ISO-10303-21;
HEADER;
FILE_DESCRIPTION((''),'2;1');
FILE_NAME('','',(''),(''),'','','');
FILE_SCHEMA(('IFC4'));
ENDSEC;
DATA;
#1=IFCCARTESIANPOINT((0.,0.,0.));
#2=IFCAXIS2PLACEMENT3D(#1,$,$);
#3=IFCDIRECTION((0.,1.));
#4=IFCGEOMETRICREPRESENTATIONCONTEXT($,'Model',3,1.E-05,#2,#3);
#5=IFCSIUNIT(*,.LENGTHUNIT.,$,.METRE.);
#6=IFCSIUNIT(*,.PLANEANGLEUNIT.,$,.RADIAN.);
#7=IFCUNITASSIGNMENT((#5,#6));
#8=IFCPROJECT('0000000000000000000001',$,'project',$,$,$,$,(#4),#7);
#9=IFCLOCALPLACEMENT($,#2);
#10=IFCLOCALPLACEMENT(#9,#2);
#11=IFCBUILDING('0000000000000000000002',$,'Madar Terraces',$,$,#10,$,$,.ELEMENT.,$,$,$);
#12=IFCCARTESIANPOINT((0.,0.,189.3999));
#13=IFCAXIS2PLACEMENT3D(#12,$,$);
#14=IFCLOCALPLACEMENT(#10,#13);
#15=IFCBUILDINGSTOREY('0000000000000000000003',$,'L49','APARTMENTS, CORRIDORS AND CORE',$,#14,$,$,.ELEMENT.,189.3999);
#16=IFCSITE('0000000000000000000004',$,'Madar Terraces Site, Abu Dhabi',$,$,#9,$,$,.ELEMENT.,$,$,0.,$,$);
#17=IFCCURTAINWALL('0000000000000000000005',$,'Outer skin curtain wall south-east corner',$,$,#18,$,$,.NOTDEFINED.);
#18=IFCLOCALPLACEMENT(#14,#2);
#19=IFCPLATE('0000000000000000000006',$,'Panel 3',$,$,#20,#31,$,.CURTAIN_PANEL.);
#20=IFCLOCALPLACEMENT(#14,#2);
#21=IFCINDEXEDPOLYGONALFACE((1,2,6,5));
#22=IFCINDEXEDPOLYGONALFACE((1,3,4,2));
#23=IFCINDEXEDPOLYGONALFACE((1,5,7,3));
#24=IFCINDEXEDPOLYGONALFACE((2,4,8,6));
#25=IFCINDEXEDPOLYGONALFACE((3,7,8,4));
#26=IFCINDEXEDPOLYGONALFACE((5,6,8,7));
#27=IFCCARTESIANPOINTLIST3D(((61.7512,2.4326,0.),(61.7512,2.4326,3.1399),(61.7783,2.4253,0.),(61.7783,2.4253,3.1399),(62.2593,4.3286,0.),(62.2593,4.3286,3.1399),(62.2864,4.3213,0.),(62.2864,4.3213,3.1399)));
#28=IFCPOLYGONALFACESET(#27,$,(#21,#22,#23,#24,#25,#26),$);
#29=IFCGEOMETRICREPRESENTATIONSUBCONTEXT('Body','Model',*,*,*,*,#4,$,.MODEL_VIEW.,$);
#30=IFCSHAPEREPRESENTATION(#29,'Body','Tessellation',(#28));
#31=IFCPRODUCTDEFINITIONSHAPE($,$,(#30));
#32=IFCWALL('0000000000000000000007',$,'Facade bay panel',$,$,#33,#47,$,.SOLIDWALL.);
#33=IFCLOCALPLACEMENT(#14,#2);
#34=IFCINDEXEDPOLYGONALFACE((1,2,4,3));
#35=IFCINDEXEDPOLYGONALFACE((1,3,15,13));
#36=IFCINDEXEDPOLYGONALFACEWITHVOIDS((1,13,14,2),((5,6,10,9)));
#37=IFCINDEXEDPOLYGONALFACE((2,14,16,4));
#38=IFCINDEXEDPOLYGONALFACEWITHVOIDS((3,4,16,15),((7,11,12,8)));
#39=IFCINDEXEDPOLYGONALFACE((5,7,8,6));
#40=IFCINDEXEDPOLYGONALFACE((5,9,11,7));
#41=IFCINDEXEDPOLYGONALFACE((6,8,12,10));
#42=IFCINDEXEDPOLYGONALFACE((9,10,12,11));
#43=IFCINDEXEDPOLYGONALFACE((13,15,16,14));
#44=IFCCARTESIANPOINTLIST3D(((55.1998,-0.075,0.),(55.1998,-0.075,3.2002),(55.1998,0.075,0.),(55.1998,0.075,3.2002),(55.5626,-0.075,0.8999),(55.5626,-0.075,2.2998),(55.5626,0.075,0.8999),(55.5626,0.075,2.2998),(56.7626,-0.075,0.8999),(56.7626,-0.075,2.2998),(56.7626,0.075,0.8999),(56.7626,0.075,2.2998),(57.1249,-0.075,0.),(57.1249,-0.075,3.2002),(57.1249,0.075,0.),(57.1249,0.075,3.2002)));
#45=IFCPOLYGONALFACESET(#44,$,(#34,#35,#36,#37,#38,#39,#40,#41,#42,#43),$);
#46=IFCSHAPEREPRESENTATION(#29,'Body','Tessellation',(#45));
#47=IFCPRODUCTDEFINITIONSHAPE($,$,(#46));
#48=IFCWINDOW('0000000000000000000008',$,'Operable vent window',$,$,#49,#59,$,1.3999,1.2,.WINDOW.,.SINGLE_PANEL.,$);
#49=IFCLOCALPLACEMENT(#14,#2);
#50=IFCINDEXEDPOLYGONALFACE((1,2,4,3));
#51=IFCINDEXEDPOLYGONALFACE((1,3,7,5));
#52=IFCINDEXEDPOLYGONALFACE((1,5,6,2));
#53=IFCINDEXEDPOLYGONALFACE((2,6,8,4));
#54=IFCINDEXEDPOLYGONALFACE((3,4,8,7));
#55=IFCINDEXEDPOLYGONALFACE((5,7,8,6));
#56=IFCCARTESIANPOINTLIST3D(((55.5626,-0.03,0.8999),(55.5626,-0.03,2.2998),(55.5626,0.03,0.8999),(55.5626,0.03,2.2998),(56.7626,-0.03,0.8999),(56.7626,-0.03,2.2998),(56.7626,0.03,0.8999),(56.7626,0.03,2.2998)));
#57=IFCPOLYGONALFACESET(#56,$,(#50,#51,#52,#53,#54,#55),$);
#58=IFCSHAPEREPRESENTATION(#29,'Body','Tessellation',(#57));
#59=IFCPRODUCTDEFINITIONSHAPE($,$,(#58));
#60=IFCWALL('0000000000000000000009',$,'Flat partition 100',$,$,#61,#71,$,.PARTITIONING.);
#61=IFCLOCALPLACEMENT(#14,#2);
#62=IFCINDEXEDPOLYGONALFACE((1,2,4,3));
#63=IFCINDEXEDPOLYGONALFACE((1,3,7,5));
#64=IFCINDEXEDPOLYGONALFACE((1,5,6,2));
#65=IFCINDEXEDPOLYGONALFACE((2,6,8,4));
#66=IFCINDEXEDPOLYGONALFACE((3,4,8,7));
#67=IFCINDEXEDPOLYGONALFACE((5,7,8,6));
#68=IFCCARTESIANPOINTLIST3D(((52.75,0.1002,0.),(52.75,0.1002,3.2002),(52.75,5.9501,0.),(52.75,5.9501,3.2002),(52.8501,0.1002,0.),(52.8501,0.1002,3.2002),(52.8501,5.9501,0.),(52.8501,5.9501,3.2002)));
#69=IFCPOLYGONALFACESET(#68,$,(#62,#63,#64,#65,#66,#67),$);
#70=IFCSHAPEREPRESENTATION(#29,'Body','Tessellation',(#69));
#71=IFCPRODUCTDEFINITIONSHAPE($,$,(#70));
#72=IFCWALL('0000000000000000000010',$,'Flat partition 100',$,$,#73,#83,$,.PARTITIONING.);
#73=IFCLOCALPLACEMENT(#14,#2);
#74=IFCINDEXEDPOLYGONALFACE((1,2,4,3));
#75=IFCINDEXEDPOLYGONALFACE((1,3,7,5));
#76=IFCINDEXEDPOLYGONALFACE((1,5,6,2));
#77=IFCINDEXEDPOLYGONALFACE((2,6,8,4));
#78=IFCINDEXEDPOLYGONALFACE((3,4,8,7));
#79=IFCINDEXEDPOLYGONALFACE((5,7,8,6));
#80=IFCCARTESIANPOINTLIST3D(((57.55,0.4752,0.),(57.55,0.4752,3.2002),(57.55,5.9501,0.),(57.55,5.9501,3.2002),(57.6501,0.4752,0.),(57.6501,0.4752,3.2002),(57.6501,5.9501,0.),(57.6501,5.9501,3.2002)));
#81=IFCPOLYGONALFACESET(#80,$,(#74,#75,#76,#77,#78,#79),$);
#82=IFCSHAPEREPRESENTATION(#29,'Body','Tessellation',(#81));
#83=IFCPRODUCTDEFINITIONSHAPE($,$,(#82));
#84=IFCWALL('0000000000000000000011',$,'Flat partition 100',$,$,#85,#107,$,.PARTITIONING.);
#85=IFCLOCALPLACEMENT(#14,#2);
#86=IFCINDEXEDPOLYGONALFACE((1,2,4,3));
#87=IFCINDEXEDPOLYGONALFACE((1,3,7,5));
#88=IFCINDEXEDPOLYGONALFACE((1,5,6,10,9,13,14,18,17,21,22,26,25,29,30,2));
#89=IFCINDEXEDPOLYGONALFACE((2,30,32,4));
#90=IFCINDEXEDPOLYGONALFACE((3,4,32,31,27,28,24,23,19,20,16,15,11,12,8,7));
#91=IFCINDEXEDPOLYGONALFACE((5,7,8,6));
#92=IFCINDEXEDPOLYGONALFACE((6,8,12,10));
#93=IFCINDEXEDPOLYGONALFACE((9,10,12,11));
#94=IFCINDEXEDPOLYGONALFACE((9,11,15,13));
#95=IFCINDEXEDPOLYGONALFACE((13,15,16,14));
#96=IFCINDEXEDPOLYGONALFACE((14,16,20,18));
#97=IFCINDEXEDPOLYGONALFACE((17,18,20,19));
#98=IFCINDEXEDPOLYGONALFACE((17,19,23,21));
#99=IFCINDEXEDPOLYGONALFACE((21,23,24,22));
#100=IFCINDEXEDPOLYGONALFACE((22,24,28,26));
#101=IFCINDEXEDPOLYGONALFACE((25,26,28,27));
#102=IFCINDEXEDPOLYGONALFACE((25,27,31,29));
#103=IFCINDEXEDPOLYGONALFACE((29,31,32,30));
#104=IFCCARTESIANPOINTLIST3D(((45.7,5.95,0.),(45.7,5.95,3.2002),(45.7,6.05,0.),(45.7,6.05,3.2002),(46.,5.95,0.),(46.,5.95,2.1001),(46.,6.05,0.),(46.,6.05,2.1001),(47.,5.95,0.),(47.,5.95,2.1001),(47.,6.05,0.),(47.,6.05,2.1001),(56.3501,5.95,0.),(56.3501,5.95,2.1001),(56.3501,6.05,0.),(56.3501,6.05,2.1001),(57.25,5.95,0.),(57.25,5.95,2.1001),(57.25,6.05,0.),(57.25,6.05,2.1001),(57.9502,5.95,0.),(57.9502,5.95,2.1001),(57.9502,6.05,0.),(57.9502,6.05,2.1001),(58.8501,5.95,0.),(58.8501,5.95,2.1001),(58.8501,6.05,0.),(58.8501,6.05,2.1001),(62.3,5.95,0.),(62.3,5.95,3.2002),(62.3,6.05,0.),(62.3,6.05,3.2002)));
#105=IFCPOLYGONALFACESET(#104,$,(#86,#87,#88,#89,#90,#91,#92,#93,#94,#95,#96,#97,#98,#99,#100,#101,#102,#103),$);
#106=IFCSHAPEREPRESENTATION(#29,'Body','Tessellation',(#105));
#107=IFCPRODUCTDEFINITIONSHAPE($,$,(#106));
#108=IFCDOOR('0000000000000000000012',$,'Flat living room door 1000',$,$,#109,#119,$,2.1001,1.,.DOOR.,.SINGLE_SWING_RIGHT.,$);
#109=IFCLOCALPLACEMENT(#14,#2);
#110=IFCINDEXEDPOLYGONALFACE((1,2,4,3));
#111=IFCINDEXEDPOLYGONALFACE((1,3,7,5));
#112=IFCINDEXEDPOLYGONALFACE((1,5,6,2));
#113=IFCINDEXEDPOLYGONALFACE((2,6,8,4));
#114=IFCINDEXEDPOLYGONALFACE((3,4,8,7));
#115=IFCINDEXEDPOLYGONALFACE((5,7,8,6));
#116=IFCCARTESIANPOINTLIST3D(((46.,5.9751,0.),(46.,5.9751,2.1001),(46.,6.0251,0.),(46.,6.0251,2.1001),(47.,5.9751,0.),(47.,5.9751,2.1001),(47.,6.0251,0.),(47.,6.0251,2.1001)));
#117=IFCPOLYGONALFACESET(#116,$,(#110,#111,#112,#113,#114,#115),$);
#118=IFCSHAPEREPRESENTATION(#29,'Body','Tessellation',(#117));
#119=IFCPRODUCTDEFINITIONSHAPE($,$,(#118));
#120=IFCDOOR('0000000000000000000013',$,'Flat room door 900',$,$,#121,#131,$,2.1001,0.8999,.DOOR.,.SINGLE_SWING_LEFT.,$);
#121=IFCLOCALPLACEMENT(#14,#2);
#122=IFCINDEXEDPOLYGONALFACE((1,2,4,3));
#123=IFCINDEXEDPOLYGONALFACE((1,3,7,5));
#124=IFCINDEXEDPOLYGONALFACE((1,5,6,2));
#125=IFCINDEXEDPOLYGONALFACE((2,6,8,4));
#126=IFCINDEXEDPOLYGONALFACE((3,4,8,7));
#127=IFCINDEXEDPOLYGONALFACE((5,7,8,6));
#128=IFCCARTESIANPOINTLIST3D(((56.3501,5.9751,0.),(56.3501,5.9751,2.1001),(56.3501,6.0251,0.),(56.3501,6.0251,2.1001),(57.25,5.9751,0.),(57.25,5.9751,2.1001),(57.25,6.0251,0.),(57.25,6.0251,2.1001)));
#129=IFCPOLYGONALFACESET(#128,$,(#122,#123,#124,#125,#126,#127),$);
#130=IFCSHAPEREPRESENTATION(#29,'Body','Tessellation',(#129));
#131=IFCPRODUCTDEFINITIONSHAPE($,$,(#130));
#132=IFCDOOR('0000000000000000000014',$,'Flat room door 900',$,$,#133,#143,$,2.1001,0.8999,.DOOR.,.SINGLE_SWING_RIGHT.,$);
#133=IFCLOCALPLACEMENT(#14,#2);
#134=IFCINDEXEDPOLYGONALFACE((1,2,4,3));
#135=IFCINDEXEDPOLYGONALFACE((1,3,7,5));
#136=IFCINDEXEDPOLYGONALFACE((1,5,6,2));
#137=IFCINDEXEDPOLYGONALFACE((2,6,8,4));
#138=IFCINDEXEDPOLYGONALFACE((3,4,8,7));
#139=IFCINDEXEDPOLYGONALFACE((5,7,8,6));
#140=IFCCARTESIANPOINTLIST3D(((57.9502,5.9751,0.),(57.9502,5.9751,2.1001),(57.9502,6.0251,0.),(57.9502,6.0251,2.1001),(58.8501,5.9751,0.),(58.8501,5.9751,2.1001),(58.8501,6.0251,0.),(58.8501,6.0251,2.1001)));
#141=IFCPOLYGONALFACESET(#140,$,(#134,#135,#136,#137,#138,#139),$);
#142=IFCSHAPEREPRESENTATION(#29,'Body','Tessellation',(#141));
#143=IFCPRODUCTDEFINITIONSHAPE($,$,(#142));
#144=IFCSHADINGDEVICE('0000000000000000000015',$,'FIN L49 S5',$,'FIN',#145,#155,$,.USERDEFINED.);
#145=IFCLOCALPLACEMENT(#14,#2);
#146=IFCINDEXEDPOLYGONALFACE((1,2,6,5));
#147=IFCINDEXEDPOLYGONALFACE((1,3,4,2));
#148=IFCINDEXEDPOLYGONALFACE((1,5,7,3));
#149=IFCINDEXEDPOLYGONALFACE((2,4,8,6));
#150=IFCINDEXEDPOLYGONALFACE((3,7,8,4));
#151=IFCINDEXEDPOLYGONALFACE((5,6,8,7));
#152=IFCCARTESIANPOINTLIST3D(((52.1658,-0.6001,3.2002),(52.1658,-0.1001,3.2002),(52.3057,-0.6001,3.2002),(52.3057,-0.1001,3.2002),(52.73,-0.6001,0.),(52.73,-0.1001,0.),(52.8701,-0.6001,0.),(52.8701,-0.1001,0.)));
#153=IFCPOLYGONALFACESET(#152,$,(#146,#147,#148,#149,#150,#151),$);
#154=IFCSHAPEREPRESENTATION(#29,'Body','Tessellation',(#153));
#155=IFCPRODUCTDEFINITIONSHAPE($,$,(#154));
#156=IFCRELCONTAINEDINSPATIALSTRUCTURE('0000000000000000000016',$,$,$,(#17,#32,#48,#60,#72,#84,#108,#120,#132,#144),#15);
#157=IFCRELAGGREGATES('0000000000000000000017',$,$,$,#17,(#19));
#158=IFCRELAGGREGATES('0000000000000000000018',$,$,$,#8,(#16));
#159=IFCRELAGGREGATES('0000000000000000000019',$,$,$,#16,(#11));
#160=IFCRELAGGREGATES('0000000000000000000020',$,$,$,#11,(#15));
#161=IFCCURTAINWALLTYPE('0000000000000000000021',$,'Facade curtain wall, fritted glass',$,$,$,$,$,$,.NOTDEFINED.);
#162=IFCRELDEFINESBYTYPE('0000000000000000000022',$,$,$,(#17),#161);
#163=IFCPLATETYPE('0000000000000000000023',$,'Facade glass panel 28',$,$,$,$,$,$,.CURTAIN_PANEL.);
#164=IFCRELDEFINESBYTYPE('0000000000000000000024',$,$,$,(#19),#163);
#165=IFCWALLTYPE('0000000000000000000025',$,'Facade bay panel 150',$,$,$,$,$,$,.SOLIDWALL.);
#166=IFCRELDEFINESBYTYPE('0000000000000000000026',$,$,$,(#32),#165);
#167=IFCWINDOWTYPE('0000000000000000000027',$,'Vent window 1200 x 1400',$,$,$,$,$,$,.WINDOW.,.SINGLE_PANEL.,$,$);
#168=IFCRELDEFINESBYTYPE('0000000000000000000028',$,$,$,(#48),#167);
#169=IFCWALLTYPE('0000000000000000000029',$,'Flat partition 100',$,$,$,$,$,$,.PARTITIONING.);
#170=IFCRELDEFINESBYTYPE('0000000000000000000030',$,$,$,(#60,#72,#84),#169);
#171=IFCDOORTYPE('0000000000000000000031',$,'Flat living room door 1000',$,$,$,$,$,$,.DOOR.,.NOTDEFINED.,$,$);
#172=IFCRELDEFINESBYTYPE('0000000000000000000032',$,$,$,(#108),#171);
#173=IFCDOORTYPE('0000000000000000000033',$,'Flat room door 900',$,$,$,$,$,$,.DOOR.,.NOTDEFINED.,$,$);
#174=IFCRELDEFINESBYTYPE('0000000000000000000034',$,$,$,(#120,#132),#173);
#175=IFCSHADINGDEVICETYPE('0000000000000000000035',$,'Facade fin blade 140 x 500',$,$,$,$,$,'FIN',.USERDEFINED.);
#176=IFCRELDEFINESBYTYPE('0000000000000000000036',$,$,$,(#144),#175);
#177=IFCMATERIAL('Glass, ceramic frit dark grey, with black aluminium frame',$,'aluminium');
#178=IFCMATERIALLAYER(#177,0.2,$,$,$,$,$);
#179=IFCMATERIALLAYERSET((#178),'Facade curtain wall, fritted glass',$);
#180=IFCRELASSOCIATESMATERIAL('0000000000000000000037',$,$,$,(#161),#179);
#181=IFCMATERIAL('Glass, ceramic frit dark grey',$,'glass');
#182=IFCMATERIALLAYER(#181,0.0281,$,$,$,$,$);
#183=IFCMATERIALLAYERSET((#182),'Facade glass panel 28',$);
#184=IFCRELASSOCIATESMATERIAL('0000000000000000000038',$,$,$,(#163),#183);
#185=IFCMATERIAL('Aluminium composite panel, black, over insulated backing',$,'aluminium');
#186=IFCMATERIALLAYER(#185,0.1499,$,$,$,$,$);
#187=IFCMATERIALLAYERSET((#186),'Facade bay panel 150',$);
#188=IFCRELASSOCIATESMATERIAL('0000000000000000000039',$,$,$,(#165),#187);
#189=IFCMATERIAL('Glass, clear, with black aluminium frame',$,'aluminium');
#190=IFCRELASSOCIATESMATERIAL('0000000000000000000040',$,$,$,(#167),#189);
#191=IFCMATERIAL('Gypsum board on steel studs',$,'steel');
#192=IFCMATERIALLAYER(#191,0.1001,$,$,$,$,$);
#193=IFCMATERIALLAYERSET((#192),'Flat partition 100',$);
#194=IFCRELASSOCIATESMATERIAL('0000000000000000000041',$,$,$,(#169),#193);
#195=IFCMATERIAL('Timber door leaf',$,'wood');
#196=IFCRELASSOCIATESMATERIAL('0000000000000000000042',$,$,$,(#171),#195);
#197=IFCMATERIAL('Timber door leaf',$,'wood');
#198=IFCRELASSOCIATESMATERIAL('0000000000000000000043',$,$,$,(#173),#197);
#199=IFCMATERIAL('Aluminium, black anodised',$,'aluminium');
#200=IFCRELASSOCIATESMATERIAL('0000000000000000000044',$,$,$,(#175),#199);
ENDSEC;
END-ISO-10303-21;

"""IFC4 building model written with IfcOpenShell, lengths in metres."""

from ifc_helpers import new_model, si_unit, direction, frame, frame_2d, origin, origin_2d, place, context, subcontext, project, spatial, polyline, rectangle, outline, extrude, material, layer, layer_set, type_object, element, fill, aggregate, save


model = new_model("IFC4")

# Units and contexts
model_context = context("Model", 3, precision=1e-05, world=origin(), true_north=direction((0.0, 1.0)))
body_context = subcontext(model_context, "Body", "Model", "MODEL_VIEW")
ifc_project = project(units=[si_unit("LENGTHUNIT", "METRE"), si_unit("PLANEANGLEUNIT", "RADIAN")], contexts=[model_context])

# Site, building, storey
site_placement = place(None, origin())
site = spatial("IfcSite", under=ifc_project, at=site_placement, Name="Madar Terraces Site, Abu Dhabi", CompositionType="ELEMENT", RefElevation=0.0)
building_placement = place(site_placement, origin())
building = spatial("IfcBuilding", under=site, at=building_placement, Name="Madar Terraces", CompositionType="ELEMENT")
storey_placement = place(building_placement, frame((0.0, 0.0, 189.3999)))
storey = spatial("IfcBuildingStorey", under=building, at=storey_placement, Name="L49", Description="APARTMENTS, CORRIDORS AND CORE", CompositionType="ELEMENT", Elevation=189.3999)

# Shared definitions
ifc_material_1 = material(Name="Glass, ceramic frit dark grey, with black aluminium frame", Category="aluminium")
ifc_layer_1 = layer(ifc_material_1, 0.2)
ifc_layer_set_1 = layer_set([ifc_layer_1], Name="Facade curtain wall, fritted glass")
curtain_wall_type = type_object("IfcCurtainWallType", Name="Facade curtain wall, fritted glass", PredefinedType="NOTDEFINED", material=ifc_layer_set_1)

# Curtain wall
curtain_wall_1_placement = place(storey_placement, origin())
curtain_wall_1 = element("IfcCurtainWall", 1, at=curtain_wall_1_placement, inside=storey, type_object=curtain_wall_type, Name="Outer skin curtain wall south-east corner", PredefinedType="NOTDEFINED")

# Plate
ifc_material_2 = material(Name="Glass, ceramic frit dark grey", Category="glass")
ifc_layer_2 = layer(ifc_material_2, 0.0281)
ifc_layer_set_2 = layer_set([ifc_layer_2], Name="Facade glass panel 28")
plate_type = type_object("IfcPlateType", Name="Facade glass panel 28", PredefinedType="CURTAIN_PANEL", material=ifc_layer_set_2)
plate_1_placement = place(storey_placement, frame((62.0188, 3.377, 0.0), z_axis=(0.0, 0.0, 1.0), x_axis=(0.258819, 0.965926, 0.0)))
plate_1 = element("IfcPlate", 2, at=plate_1_placement, type_object=plate_type, Name="Panel 3", PredefinedType="CURTAIN_PANEL", context=body_context, shape_type="SweptSolid", body=[
    extrude(rectangle(XDim=1.9629, YDim=0.0281, at=origin_2d()), origin(), (0.0, 0.0, 1.0), 3.1399),
])
aggregate(curtain_wall_1, [plate_1])

# Wall, opening, window
ifc_material_3 = material(Name="Aluminium composite panel, black, over insulated backing", Category="aluminium")
ifc_layer_3 = layer(ifc_material_3, 0.1499)
ifc_layer_set_3 = layer_set([ifc_layer_3], Name="Facade bay panel 150")
wall_type_1 = type_object("IfcWallType", Name="Facade bay panel 150", PredefinedType="SOLIDWALL", material=ifc_layer_set_3)
wall_1_placement = place(storey_placement, frame((55.2, 0.0, 0.0), z_axis=(0.0, 0.0, 1.0), x_axis=(1.0, 0.0, 0.0)))
wall_1 = element("IfcWall", 3, at=wall_1_placement, inside=storey, type_object=wall_type_1, Name="Facade bay panel", PredefinedType="SOLIDWALL", context=body_context, shape_type="SweptSolid", body=[
    extrude(rectangle(XDim=1.925, YDim=0.1499, at=frame_2d((0.9624, 0.0))), origin(), (0.0, 0.0, 1.0), 3.2002),
])
opening_1_placement = place(wall_1_placement, frame((0.3625, 0.0, 0.8999)))
opening_1 = element("IfcOpeningElement", 4, at=opening_1_placement, cuts=wall_1, PredefinedType="OPENING", context=body_context, shape_type="SweptSolid", body=[
    extrude(rectangle(XDim=1.2, YDim=1.3999, at=frame_2d((0.6001, 0.7))), frame((0.0, 0.085, 0.0), z_axis=(0.0, -1.0, 0.0), x_axis=(1.0, 0.0, 0.0)), (0.0, 0.0, 1.0), 0.1699),
])
ifc_material_4 = material(Name="Glass, clear, with black aluminium frame", Category="aluminium")
window_type = type_object("IfcWindowType", Name="Vent window 1200 x 1400", PartitioningType="SINGLE_PANEL", PredefinedType="WINDOW", material=ifc_material_4)
window_placement = place(opening_1_placement, origin())
window = element("IfcWindow", 5, at=window_placement, inside=storey, type_object=window_type, Name="Operable vent window", OverallHeight=1.3999, OverallWidth=1.2, PartitioningType="SINGLE_PANEL", PredefinedType="WINDOW", context=body_context, shape_type="SweptSolid", body=[
    extrude(rectangle(XDim=1.2, YDim=1.3999, at=frame_2d((0.6001, 0.7))), frame((0.0, 0.03, 0.0), z_axis=(0.0, -1.0, 0.0), x_axis=(1.0, 0.0, 0.0)), (0.0, 0.0, 1.0), 0.0601),
])
fill(opening_1, window)

# Walls
ifc_material_5 = material(Name="Gypsum board on steel studs", Category="steel")
ifc_layer_4 = layer(ifc_material_5, 0.1001)
ifc_layer_set_4 = layer_set([ifc_layer_4], Name="Flat partition 100")
wall_type_2 = type_object("IfcWallType", Name="Flat partition 100", PredefinedType="PARTITIONING", material=ifc_layer_set_4)
wall_2_placement = place(storey_placement, frame((52.8, 5.95, 0.0), z_axis=(0.0, 0.0, 1.0), x_axis=(0.0, -1.0, 0.0)))
element("IfcWall", 6, at=wall_2_placement, inside=storey, type_object=wall_type_2, Name="Flat partition 100", PredefinedType="PARTITIONING", context=body_context, shape_type="SweptSolid", body=[
    extrude(rectangle(XDim=5.8499, YDim=0.1001, at=frame_2d((2.9248, 0.0))), origin(), (0.0, 0.0, 1.0), 3.2002),
])
wall_3_placement = place(storey_placement, frame((57.6001, 5.95, 0.0), z_axis=(0.0, 0.0, 1.0), x_axis=(0.0, -1.0, 0.0)))
element("IfcWall", 7, at=wall_3_placement, inside=storey, type_object=wall_type_2, Name="Flat partition 100", PredefinedType="PARTITIONING", context=body_context, shape_type="SweptSolid", body=[
    extrude(rectangle(XDim=5.4749, YDim=0.1001, at=frame_2d((2.7373, 0.0))), origin(), (0.0, 0.0, 1.0), 3.2002),
])

# Wall, openings, doors
wall_4_placement = place(storey_placement, frame((62.3, 6.0, 0.0), z_axis=(0.0, 0.0, 1.0), x_axis=(-1.0, 0.0, 0.0)))
wall_4 = element("IfcWall", 8, at=wall_4_placement, inside=storey, type_object=wall_type_2, Name="Flat partition 100", PredefinedType="PARTITIONING", context=body_context, shape_type="SweptSolid", body=[
    extrude(rectangle(XDim=16.6001, YDim=0.1001, at=frame_2d((8.3, 0.0))), origin(), (0.0, 0.0, 1.0), 3.2002),
])
opening_2_placement = place(wall_4_placement, frame((15.3, 0.0, 0.0)))
opening_2 = element("IfcOpeningElement", 9, at=opening_2_placement, cuts=wall_4, PredefinedType="OPENING", context=body_context, shape_type="SweptSolid", body=[
    extrude(rectangle(XDim=1.0, YDim=2.1001, at=frame_2d((0.5, 1.05))), frame((0.0, 0.0601, 0.0), z_axis=(0.0, -1.0, 0.0), x_axis=(1.0, 0.0, 0.0)), (0.0, 0.0, 1.0), 0.1201),
])
opening_3_placement = place(wall_4_placement, frame((5.05, 0.0, 0.0)))
opening_3 = element("IfcOpeningElement", 10, at=opening_3_placement, cuts=wall_4, PredefinedType="OPENING", context=body_context, shape_type="SweptSolid", body=[
    extrude(rectangle(XDim=0.8999, YDim=2.1001, at=frame_2d((0.45, 1.05))), frame((0.0, 0.0601, 0.0), z_axis=(0.0, -1.0, 0.0), x_axis=(1.0, 0.0, 0.0)), (0.0, 0.0, 1.0), 0.1201),
])
opening_4_placement = place(wall_4_placement, frame((3.45, 0.0, 0.0)))
opening_4 = element("IfcOpeningElement", 11, at=opening_4_placement, cuts=wall_4, PredefinedType="OPENING", context=body_context, shape_type="SweptSolid", body=[
    extrude(rectangle(XDim=0.8999, YDim=2.1001, at=frame_2d((0.45, 1.05))), frame((0.0, 0.0601, 0.0), z_axis=(0.0, -1.0, 0.0), x_axis=(1.0, 0.0, 0.0)), (0.0, 0.0, 1.0), 0.1201),
])
ifc_material_6 = material(Name="Timber door leaf", Category="wood")
door_type_1 = type_object("IfcDoorType", Name="Flat living room door 1000", OperationType="NOTDEFINED", PredefinedType="DOOR", material=ifc_material_6)
door_1_placement = place(opening_2_placement, origin())
door_1 = element("IfcDoor", 12, at=door_1_placement, inside=storey, type_object=door_type_1, Name="Flat living room door 1000", OperationType="SINGLE_SWING_RIGHT", OverallHeight=2.1001, OverallWidth=1.0, PredefinedType="DOOR", context=body_context, shape_type="SweptSolid", body=[
    extrude(rectangle(XDim=1.0, YDim=2.1001, at=frame_2d((0.5, 1.05))), frame((0.0, 0.0249, 0.0), z_axis=(0.0, -1.0, 0.0), x_axis=(1.0, 0.0, 0.0)), (0.0, 0.0, 1.0), 0.05),
])
fill(opening_2, door_1)
ifc_material_7 = material(Name="Timber door leaf", Category="wood")
door_type_2 = type_object("IfcDoorType", Name="Flat room door 900", OperationType="NOTDEFINED", PredefinedType="DOOR", material=ifc_material_7)
door_2_placement = place(opening_3_placement, origin())
door_2 = element("IfcDoor", 13, at=door_2_placement, inside=storey, type_object=door_type_2, Name="Flat room door 900", OperationType="SINGLE_SWING_LEFT", OverallHeight=2.1001, OverallWidth=0.8999, PredefinedType="DOOR", context=body_context, shape_type="SweptSolid", body=[
    extrude(rectangle(XDim=0.8999, YDim=2.1001, at=frame_2d((0.45, 1.05))), frame((0.0, 0.0249, 0.0), z_axis=(0.0, -1.0, 0.0), x_axis=(1.0, 0.0, 0.0)), (0.0, 0.0, 1.0), 0.05),
])
fill(opening_3, door_2)
door_3_placement = place(opening_4_placement, origin())
door_3 = element("IfcDoor", 14, at=door_3_placement, inside=storey, type_object=door_type_2, Name="Flat room door 900", OperationType="SINGLE_SWING_RIGHT", OverallHeight=2.1001, OverallWidth=0.8999, PredefinedType="DOOR", context=body_context, shape_type="SweptSolid", body=[
    extrude(rectangle(XDim=0.8999, YDim=2.1001, at=frame_2d((0.45, 1.05))), frame((0.0, 0.0249, 0.0), z_axis=(0.0, -1.0, 0.0), x_axis=(1.0, 0.0, 0.0)), (0.0, 0.0, 1.0), 0.05),
])
fill(opening_4, door_3)

# Shading device
ifc_material_8 = material(Name="Aluminium, black anodised", Category="aluminium")
shading_device_type = type_object("IfcShadingDeviceType", Name="Facade fin blade 140 x 500", ElementType="FIN", PredefinedType="USERDEFINED", material=ifc_material_8)
shading_device_placement = place(storey_placement, frame((52.73, -0.3501, 0.0), z_axis=(0.0, 0.0, 1.0), x_axis=(1.0, 0.0, 0.0)))
element("IfcShadingDevice", 15, at=shading_device_placement, inside=storey, type_object=shading_device_type, Name="FIN L49 S5", ObjectType="FIN", PredefinedType="USERDEFINED", context=body_context, shape_type="SweptSolid", body=[
    extrude(outline(polyline([(0.0, 0.0), (0.1401, 0.0), (-0.4243, 3.2002), (-0.5642, 3.2002), (0.0, 0.0)])), frame((0.0, 0.25, 0.0), z_axis=(0.0, -1.0, 0.0), x_axis=(1.0, 0.0, 0.0)), (0.0, 0.0, 1.0), 0.5),
])

save(model, "model.ifc")
